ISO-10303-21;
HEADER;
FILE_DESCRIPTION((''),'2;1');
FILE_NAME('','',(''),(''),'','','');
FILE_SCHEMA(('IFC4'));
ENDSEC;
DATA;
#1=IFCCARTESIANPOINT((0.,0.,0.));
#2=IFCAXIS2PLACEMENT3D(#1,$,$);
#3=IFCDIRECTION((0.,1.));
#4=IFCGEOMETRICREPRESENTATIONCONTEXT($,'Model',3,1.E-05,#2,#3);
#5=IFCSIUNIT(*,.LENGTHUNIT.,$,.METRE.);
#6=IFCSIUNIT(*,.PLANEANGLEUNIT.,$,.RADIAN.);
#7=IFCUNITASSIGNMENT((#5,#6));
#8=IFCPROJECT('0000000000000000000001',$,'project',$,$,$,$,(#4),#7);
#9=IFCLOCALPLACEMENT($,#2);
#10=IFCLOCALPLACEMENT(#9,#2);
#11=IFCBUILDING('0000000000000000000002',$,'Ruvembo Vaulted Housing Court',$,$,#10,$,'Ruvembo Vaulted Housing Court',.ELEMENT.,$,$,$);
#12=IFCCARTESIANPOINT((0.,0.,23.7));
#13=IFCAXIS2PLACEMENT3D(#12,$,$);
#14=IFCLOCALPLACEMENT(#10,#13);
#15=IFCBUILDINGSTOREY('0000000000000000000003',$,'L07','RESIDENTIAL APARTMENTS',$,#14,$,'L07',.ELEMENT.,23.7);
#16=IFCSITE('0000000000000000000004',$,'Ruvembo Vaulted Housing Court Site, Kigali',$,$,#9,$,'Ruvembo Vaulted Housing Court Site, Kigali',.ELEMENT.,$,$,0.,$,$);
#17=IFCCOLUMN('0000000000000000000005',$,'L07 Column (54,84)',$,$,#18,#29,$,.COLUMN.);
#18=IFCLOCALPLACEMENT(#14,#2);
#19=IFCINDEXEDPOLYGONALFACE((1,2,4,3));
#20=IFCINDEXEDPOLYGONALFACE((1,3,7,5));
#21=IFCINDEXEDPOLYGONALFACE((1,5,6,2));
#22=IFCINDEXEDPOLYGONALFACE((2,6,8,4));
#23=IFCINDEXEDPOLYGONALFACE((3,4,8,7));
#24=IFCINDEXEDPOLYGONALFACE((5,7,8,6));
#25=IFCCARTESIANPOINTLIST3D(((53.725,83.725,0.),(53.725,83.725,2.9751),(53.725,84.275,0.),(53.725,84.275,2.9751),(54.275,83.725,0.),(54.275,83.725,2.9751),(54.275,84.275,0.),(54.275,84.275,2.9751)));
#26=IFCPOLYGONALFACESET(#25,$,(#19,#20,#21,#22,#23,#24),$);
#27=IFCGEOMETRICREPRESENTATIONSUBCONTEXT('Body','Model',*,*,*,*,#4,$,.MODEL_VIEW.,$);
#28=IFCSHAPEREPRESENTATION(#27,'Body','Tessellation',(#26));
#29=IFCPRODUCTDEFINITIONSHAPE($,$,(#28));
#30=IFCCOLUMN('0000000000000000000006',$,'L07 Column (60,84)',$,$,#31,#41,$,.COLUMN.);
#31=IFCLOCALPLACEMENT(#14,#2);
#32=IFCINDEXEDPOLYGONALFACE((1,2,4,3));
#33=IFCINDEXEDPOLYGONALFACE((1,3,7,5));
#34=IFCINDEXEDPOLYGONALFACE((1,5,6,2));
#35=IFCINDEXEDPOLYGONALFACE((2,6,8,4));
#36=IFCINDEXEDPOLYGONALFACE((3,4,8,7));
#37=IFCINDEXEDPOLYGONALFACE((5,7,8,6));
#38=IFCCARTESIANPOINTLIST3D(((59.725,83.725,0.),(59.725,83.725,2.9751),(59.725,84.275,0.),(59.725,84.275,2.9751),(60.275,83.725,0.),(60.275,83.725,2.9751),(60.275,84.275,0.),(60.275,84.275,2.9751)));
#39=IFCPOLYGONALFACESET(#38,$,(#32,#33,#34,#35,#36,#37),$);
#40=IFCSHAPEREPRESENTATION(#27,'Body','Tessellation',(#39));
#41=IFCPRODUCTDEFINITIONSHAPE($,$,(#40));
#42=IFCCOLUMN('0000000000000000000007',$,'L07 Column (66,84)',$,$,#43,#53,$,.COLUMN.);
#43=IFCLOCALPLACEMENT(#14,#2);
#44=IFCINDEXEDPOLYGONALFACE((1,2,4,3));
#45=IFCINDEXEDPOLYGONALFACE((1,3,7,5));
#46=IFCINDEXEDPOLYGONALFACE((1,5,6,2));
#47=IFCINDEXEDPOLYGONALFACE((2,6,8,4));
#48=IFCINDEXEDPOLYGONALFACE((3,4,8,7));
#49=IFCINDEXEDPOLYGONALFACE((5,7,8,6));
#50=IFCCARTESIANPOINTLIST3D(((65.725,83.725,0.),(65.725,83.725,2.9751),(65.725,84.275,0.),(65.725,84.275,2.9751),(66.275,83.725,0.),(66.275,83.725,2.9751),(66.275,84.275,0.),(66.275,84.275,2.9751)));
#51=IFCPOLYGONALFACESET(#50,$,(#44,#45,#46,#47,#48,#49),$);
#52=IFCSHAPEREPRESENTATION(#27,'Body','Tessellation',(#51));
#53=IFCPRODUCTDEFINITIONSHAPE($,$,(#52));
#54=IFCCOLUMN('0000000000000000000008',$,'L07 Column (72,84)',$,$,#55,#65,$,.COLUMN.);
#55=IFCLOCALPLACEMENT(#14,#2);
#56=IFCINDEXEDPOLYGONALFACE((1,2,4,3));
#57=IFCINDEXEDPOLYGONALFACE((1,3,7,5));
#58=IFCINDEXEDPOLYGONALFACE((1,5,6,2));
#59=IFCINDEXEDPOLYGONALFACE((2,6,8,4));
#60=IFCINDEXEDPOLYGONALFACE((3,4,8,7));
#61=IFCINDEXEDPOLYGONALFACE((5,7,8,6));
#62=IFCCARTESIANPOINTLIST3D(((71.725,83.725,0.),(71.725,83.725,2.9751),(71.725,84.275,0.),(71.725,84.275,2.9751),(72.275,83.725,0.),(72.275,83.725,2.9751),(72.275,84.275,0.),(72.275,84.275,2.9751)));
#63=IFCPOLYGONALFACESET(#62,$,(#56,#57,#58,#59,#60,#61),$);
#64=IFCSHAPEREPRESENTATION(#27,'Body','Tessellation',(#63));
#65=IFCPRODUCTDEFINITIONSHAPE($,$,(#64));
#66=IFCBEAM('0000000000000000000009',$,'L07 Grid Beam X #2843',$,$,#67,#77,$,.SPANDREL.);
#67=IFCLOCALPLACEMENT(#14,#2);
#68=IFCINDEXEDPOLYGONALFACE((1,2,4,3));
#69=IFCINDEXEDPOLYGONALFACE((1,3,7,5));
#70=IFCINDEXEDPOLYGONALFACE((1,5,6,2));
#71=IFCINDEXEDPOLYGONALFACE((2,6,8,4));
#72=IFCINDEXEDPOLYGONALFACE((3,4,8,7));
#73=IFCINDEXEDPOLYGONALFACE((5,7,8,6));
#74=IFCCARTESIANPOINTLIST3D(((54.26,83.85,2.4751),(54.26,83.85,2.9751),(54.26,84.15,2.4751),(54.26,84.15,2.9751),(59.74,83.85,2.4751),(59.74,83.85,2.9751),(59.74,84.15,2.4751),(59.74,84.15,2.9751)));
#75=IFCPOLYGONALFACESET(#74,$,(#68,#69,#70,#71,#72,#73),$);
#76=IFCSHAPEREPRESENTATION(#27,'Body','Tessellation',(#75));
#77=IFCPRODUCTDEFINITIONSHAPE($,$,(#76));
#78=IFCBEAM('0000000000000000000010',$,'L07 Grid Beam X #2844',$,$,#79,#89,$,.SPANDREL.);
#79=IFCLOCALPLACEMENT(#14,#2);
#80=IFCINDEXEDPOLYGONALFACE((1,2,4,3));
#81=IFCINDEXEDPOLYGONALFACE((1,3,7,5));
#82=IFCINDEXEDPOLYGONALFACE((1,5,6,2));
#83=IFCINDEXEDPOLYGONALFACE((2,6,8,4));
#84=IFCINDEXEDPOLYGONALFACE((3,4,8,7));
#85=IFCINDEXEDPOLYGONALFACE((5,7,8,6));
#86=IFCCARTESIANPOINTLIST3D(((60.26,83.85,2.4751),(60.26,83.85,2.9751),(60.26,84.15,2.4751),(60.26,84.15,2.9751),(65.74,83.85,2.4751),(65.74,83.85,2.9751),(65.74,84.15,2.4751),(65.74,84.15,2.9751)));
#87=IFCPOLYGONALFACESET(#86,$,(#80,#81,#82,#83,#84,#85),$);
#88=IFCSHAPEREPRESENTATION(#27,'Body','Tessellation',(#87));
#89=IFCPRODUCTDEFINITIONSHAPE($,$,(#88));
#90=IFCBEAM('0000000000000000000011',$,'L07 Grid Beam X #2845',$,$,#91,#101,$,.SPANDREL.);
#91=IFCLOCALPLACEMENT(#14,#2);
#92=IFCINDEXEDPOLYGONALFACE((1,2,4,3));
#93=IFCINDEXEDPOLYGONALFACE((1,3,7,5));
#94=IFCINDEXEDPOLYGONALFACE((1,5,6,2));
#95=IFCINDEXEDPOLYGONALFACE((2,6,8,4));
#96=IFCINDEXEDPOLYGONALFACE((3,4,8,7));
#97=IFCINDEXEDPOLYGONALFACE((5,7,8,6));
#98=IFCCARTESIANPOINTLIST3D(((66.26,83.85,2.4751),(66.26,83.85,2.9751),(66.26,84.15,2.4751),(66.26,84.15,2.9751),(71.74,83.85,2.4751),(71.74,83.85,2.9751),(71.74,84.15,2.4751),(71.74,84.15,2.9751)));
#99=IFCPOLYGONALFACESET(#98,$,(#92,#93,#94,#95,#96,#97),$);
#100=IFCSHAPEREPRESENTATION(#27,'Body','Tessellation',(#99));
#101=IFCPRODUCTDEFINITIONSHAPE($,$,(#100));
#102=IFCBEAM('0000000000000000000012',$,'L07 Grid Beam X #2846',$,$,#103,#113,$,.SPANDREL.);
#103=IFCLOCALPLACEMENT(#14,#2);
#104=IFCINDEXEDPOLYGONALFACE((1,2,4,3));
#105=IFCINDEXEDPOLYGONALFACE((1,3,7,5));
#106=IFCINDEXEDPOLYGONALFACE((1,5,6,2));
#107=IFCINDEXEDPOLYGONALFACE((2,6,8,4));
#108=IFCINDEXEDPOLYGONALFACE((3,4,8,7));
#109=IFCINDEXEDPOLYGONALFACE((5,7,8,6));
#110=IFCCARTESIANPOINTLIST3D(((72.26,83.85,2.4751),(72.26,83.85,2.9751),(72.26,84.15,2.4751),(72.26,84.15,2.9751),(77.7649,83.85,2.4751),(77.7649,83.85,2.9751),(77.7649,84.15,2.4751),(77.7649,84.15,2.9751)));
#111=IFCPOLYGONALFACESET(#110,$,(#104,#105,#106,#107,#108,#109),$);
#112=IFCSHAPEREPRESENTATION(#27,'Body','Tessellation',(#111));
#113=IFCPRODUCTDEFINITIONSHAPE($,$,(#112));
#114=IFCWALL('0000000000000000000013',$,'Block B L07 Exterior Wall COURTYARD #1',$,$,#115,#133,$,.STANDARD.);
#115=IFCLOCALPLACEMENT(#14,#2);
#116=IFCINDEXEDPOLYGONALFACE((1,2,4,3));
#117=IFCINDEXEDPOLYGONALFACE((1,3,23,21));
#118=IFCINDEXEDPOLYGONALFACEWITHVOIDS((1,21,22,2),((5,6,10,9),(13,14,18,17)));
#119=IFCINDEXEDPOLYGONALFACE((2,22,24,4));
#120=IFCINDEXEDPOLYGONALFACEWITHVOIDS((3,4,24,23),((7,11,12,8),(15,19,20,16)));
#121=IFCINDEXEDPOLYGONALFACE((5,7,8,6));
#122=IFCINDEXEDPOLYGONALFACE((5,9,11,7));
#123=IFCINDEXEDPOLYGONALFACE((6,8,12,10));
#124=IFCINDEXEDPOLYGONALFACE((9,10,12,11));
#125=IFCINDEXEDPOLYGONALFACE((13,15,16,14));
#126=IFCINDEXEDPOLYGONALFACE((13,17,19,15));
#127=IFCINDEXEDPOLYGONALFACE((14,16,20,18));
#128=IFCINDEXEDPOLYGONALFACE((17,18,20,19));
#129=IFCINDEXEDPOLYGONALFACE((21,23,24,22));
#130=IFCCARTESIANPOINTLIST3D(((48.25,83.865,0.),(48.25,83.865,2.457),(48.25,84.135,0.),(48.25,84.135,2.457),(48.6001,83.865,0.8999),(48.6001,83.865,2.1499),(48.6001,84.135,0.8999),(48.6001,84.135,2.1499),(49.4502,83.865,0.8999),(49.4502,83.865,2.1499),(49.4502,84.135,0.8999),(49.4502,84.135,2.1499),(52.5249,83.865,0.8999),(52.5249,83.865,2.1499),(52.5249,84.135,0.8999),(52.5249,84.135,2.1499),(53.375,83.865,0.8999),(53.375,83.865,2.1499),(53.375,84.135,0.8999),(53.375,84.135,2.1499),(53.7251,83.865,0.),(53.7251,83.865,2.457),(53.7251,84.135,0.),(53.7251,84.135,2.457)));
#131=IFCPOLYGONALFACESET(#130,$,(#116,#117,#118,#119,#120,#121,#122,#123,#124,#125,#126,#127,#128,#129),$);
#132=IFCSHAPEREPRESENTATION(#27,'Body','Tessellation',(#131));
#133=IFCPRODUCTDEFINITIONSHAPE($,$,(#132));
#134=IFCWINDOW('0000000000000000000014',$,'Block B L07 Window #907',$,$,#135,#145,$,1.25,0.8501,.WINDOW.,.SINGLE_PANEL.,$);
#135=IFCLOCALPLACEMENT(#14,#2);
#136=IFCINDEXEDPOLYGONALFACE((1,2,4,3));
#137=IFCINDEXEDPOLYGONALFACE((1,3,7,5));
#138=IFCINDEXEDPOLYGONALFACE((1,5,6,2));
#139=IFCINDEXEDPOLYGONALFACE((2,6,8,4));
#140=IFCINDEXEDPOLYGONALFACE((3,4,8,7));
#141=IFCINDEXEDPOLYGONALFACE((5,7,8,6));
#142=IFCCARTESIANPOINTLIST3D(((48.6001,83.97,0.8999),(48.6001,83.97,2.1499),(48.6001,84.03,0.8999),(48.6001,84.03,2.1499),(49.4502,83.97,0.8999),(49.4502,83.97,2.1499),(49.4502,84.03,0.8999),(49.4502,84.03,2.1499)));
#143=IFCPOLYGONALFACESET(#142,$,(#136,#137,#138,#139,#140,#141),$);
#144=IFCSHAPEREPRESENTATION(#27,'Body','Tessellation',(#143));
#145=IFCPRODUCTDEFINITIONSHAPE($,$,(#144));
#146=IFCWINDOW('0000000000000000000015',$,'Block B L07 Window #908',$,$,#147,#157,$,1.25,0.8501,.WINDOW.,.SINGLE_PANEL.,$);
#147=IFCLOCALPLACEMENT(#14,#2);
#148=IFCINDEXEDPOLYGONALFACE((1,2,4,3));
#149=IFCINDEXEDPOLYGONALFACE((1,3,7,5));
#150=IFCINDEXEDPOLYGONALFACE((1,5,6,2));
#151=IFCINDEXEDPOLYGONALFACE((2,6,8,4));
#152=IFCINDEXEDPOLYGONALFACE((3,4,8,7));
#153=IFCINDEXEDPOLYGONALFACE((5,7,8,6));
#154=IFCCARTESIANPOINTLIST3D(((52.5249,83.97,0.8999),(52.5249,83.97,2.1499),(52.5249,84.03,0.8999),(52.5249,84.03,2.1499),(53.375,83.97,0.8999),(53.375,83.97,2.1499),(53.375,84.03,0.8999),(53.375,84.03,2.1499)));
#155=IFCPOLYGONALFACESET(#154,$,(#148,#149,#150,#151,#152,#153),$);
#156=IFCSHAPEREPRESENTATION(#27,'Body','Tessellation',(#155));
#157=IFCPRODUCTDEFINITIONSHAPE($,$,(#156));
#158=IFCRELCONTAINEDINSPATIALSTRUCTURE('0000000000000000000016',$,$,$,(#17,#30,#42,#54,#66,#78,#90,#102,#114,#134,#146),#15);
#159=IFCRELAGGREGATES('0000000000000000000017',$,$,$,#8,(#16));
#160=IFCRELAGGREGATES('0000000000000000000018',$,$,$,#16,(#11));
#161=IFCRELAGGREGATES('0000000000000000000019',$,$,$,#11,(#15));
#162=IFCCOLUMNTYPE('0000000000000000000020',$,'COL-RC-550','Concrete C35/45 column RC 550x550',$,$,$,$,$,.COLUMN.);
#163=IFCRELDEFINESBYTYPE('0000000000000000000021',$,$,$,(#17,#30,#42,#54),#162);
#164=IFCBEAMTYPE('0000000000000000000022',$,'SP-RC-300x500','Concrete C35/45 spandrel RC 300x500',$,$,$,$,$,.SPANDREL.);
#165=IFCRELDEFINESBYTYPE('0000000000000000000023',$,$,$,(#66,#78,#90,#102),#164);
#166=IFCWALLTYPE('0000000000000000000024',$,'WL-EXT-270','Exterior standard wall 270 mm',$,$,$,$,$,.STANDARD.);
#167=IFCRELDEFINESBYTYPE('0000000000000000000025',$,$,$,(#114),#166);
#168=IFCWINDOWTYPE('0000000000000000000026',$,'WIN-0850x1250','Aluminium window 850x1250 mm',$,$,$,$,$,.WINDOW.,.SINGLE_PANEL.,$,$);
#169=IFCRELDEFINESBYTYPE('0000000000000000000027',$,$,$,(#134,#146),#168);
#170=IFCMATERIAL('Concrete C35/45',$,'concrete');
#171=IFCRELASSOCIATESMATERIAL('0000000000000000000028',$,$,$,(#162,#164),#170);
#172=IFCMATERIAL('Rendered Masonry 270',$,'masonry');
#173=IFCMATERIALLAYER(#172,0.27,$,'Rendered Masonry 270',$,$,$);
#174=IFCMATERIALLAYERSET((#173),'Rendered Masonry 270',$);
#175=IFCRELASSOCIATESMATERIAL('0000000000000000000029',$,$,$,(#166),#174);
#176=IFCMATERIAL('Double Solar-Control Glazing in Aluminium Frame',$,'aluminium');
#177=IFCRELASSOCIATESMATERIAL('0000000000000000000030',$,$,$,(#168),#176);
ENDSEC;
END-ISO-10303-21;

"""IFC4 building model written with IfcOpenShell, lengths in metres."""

from ifc_helpers import new_model, si_unit, direction, frame, frame_2d, origin, origin_2d, place, context, subcontext, project, spatial, rectangle, extrude, material, layer, layer_set, material_profile, profile_set, type_object, element, fill, save


model = new_model("IFC4")

# Units and contexts
model_context = context("Model", 3, precision=1e-05, world=origin(), true_north=direction((0.0, 1.0)))
body_context = subcontext(model_context, "Body", "Model", "MODEL_VIEW")
ifc_project = project(units=[si_unit("LENGTHUNIT", "METRE"), si_unit("PLANEANGLEUNIT", "RADIAN")], contexts=[model_context])

# Site, building, storey
site_placement = place(None, origin())
site = spatial("IfcSite", under=ifc_project, at=site_placement, Name="Ruvembo Vaulted Housing Court Site, Kigali", LongName="Ruvembo Vaulted Housing Court Site, Kigali", CompositionType="ELEMENT", RefElevation=0.0)
building_placement = place(site_placement, origin())
building = spatial("IfcBuilding", under=site, at=building_placement, Name="Ruvembo Vaulted Housing Court", LongName="Ruvembo Vaulted Housing Court", CompositionType="ELEMENT")
storey_placement = place(building_placement, frame((0.0, 0.0, 23.7)))
storey = spatial("IfcBuildingStorey", under=building, at=storey_placement, Name="L07", Description="RESIDENTIAL APARTMENTS", LongName="L07", CompositionType="ELEMENT", Elevation=23.7)

# Columns
ifc_material_1 = material(Name="Concrete C35/45", Category="concrete")
ifc_material_profile_1 = material_profile(ifc_material_1, rectangle(XDim=0.55, YDim=0.55, at=origin_2d()), Name="RC 550x550")
ifc_profile_set_1 = profile_set([ifc_material_profile_1], Name="Concrete C35/45")
column_type = type_object("IfcColumnType", Name="COL-RC-550", Description="Concrete C35/45 column RC 550x550", PredefinedType="COLUMN", material=ifc_profile_set_1)
for number, where, z_axis, x_axis, name in (
    (1, (54.0, 84.0, 0.0), (0.0, 0.0, 1.0), (1.0, 0.0, 0.0), "L07 Column (54,84)"),
    (2, (60.0, 84.0, 0.0), (0.0, 0.0, 1.0), (1.0, 0.0, 0.0), "L07 Column (60,84)"),
    (3, (66.0, 84.0, 0.0), (0.0, 0.0, 1.0), (1.0, 0.0, 0.0), "L07 Column (66,84)"),
    (4, (72.0, 84.0, 0.0), (0.0, 0.0, 1.0), (1.0, 0.0, 0.0), "L07 Column (72,84)"),
):
    element("IfcColumn", number, at=place(storey_placement, frame(where, z_axis=z_axis, x_axis=x_axis)), inside=storey, type_object=column_type, Name=name, PredefinedType="COLUMN", context=body_context, shape_type="SweptSolid", body=[
        extrude(rectangle(XDim=0.55, YDim=0.55, at=origin_2d()), origin(), (0.0, 0.0, 1.0), 2.9751),
    ])

# Beams
ifc_material_profile_2 = material_profile(ifc_material_1, rectangle(XDim=0.3, YDim=0.5, at=origin_2d()), Name="RC 300x500")
ifc_profile_set_2 = profile_set([ifc_material_profile_2], Name="Concrete C35/45")
beam_type = type_object("IfcBeamType", Name="SP-RC-300x500", Description="Concrete C35/45 spandrel RC 300x500", PredefinedType="SPANDREL", material=ifc_profile_set_2)
for number, where, z_axis, x_axis, name in (
    (5, (54.26, 84.0, 2.7251), (1.0, 0.0, 0.0), (0.0, 1.0, 0.0), "L07 Grid Beam X #2843"),
    (6, (60.26, 84.0, 2.7251), (1.0, 0.0, 0.0), (0.0, 1.0, 0.0), "L07 Grid Beam X #2844"),
    (7, (66.26, 84.0, 2.7251), (1.0, 0.0, 0.0), (0.0, 1.0, 0.0), "L07 Grid Beam X #2845"),
):
    element("IfcBeam", number, at=place(storey_placement, frame(where, z_axis=z_axis, x_axis=x_axis)), inside=storey, type_object=beam_type, Name=name, PredefinedType="SPANDREL", context=body_context, shape_type="SweptSolid", body=[
        extrude(rectangle(XDim=0.3, YDim=0.5, at=origin_2d()), origin(), (0.0, 0.0, 1.0), 5.48),
    ])
beam_placement = place(storey_placement, frame((72.26, 84.0, 2.7251), z_axis=(1.0, 0.0, 0.0), x_axis=(0.0, 1.0, 0.0)))
element("IfcBeam", 8, at=beam_placement, inside=storey, type_object=beam_type, Name="L07 Grid Beam X #2846", PredefinedType="SPANDREL", context=body_context, shape_type="SweptSolid", body=[
    extrude(rectangle(XDim=0.3, YDim=0.5, at=origin_2d()), origin(), (0.0, 0.0, 1.0), 5.5049),
])

# Wall, openings, windows
ifc_material_2 = material(Name="Rendered Masonry 270", Category="masonry")
ifc_layer = layer(ifc_material_2, 0.27, Name="Rendered Masonry 270")
ifc_layer_set = layer_set([ifc_layer], Name="Rendered Masonry 270")
wall_type = type_object("IfcWallType", Name="WL-EXT-270", Description="Exterior standard wall 270 mm", PredefinedType="STANDARD", material=ifc_layer_set)
wall_1_placement = place(storey_placement, frame((48.25, 84.0, 0.0), z_axis=(0.0, 0.0, 1.0), x_axis=(1.0, 0.0, 0.0)))
wall_1 = element("IfcWall", 9, at=wall_1_placement, inside=storey, type_object=wall_type, Name="Block B L07 Exterior Wall COURTYARD #1", PredefinedType="STANDARD", context=body_context, shape_type="SweptSolid", body=[
    extrude(rectangle(XDim=5.4751, YDim=0.27, at=frame_2d((2.7375, 0.0))), origin(), (0.0, 0.0, 1.0), 2.457),
])
opening_1_placement = place(wall_1_placement, frame((0.3501, 0.0, 0.8999)))
opening_1 = element("IfcOpeningElement", 10, at=opening_1_placement, cuts=wall_1, PredefinedType="OPENING", context=body_context, shape_type="SweptSolid", body=[
    extrude(rectangle(XDim=0.8501, YDim=1.25, at=frame_2d((0.425, 0.625))), frame((0.0, 0.145, 0.0), z_axis=(0.0, -1.0, 0.0), x_axis=(1.0, 0.0, 0.0)), (0.0, 0.0, 1.0), 0.29),
])
opening_2_placement = place(wall_1_placement, frame((4.2749, 0.0, 0.8999)))
opening_2 = element("IfcOpeningElement", 11, at=opening_2_placement, cuts=wall_1, PredefinedType="OPENING", context=body_context, shape_type="SweptSolid", body=[
    extrude(rectangle(XDim=0.8501, YDim=1.25, at=frame_2d((0.425, 0.625))), frame((0.0, 0.145, 0.0), z_axis=(0.0, -1.0, 0.0), x_axis=(1.0, 0.0, 0.0)), (0.0, 0.0, 1.0), 0.29),
])
ifc_material_3 = material(Name="Double Solar-Control Glazing in Aluminium Frame", Category="aluminium")
window_type_1 = type_object("IfcWindowType", Name="WIN-0850x1250", Description="Aluminium window 850x1250 mm", PartitioningType="SINGLE_PANEL", PredefinedType="WINDOW", material=ifc_material_3)
window_1_placement = place(opening_1_placement, origin())
window_1 = element("IfcWindow", 12, at=window_1_placement, inside=storey, type_object=window_type_1, Name="Block B L07 Window #907", OverallHeight=1.25, OverallWidth=0.8501, PartitioningType="SINGLE_PANEL", PredefinedType="WINDOW", context=body_context, shape_type="SweptSolid", body=[
    extrude(rectangle(XDim=0.8501, YDim=1.25, at=frame_2d((0.425, 0.625))), frame((0.0, 0.03, 0.0), z_axis=(0.0, -1.0, 0.0), x_axis=(1.0, 0.0, 0.0)), (0.0, 0.0, 1.0), 0.0601),
])
fill(opening_1, window_1)
window_2_placement = place(opening_2_placement, origin())
window_2 = element("IfcWindow", 13, at=window_2_placement, inside=storey, type_object=window_type_1, Name="Block B L07 Window #908", OverallHeight=1.25, OverallWidth=0.8501, PartitioningType="SINGLE_PANEL", PredefinedType="WINDOW", context=body_context, shape_type="SweptSolid", body=[
    extrude(rectangle(XDim=0.8501, YDim=1.25, at=frame_2d((0.425, 0.625))), frame((0.0, 0.03, 0.0), z_axis=(0.0, -1.0, 0.0), x_axis=(1.0, 0.0, 0.0)), (0.0, 0.0, 1.0), 0.0601),
])
fill(opening_2, window_2)

save(model, "model.ifc")
